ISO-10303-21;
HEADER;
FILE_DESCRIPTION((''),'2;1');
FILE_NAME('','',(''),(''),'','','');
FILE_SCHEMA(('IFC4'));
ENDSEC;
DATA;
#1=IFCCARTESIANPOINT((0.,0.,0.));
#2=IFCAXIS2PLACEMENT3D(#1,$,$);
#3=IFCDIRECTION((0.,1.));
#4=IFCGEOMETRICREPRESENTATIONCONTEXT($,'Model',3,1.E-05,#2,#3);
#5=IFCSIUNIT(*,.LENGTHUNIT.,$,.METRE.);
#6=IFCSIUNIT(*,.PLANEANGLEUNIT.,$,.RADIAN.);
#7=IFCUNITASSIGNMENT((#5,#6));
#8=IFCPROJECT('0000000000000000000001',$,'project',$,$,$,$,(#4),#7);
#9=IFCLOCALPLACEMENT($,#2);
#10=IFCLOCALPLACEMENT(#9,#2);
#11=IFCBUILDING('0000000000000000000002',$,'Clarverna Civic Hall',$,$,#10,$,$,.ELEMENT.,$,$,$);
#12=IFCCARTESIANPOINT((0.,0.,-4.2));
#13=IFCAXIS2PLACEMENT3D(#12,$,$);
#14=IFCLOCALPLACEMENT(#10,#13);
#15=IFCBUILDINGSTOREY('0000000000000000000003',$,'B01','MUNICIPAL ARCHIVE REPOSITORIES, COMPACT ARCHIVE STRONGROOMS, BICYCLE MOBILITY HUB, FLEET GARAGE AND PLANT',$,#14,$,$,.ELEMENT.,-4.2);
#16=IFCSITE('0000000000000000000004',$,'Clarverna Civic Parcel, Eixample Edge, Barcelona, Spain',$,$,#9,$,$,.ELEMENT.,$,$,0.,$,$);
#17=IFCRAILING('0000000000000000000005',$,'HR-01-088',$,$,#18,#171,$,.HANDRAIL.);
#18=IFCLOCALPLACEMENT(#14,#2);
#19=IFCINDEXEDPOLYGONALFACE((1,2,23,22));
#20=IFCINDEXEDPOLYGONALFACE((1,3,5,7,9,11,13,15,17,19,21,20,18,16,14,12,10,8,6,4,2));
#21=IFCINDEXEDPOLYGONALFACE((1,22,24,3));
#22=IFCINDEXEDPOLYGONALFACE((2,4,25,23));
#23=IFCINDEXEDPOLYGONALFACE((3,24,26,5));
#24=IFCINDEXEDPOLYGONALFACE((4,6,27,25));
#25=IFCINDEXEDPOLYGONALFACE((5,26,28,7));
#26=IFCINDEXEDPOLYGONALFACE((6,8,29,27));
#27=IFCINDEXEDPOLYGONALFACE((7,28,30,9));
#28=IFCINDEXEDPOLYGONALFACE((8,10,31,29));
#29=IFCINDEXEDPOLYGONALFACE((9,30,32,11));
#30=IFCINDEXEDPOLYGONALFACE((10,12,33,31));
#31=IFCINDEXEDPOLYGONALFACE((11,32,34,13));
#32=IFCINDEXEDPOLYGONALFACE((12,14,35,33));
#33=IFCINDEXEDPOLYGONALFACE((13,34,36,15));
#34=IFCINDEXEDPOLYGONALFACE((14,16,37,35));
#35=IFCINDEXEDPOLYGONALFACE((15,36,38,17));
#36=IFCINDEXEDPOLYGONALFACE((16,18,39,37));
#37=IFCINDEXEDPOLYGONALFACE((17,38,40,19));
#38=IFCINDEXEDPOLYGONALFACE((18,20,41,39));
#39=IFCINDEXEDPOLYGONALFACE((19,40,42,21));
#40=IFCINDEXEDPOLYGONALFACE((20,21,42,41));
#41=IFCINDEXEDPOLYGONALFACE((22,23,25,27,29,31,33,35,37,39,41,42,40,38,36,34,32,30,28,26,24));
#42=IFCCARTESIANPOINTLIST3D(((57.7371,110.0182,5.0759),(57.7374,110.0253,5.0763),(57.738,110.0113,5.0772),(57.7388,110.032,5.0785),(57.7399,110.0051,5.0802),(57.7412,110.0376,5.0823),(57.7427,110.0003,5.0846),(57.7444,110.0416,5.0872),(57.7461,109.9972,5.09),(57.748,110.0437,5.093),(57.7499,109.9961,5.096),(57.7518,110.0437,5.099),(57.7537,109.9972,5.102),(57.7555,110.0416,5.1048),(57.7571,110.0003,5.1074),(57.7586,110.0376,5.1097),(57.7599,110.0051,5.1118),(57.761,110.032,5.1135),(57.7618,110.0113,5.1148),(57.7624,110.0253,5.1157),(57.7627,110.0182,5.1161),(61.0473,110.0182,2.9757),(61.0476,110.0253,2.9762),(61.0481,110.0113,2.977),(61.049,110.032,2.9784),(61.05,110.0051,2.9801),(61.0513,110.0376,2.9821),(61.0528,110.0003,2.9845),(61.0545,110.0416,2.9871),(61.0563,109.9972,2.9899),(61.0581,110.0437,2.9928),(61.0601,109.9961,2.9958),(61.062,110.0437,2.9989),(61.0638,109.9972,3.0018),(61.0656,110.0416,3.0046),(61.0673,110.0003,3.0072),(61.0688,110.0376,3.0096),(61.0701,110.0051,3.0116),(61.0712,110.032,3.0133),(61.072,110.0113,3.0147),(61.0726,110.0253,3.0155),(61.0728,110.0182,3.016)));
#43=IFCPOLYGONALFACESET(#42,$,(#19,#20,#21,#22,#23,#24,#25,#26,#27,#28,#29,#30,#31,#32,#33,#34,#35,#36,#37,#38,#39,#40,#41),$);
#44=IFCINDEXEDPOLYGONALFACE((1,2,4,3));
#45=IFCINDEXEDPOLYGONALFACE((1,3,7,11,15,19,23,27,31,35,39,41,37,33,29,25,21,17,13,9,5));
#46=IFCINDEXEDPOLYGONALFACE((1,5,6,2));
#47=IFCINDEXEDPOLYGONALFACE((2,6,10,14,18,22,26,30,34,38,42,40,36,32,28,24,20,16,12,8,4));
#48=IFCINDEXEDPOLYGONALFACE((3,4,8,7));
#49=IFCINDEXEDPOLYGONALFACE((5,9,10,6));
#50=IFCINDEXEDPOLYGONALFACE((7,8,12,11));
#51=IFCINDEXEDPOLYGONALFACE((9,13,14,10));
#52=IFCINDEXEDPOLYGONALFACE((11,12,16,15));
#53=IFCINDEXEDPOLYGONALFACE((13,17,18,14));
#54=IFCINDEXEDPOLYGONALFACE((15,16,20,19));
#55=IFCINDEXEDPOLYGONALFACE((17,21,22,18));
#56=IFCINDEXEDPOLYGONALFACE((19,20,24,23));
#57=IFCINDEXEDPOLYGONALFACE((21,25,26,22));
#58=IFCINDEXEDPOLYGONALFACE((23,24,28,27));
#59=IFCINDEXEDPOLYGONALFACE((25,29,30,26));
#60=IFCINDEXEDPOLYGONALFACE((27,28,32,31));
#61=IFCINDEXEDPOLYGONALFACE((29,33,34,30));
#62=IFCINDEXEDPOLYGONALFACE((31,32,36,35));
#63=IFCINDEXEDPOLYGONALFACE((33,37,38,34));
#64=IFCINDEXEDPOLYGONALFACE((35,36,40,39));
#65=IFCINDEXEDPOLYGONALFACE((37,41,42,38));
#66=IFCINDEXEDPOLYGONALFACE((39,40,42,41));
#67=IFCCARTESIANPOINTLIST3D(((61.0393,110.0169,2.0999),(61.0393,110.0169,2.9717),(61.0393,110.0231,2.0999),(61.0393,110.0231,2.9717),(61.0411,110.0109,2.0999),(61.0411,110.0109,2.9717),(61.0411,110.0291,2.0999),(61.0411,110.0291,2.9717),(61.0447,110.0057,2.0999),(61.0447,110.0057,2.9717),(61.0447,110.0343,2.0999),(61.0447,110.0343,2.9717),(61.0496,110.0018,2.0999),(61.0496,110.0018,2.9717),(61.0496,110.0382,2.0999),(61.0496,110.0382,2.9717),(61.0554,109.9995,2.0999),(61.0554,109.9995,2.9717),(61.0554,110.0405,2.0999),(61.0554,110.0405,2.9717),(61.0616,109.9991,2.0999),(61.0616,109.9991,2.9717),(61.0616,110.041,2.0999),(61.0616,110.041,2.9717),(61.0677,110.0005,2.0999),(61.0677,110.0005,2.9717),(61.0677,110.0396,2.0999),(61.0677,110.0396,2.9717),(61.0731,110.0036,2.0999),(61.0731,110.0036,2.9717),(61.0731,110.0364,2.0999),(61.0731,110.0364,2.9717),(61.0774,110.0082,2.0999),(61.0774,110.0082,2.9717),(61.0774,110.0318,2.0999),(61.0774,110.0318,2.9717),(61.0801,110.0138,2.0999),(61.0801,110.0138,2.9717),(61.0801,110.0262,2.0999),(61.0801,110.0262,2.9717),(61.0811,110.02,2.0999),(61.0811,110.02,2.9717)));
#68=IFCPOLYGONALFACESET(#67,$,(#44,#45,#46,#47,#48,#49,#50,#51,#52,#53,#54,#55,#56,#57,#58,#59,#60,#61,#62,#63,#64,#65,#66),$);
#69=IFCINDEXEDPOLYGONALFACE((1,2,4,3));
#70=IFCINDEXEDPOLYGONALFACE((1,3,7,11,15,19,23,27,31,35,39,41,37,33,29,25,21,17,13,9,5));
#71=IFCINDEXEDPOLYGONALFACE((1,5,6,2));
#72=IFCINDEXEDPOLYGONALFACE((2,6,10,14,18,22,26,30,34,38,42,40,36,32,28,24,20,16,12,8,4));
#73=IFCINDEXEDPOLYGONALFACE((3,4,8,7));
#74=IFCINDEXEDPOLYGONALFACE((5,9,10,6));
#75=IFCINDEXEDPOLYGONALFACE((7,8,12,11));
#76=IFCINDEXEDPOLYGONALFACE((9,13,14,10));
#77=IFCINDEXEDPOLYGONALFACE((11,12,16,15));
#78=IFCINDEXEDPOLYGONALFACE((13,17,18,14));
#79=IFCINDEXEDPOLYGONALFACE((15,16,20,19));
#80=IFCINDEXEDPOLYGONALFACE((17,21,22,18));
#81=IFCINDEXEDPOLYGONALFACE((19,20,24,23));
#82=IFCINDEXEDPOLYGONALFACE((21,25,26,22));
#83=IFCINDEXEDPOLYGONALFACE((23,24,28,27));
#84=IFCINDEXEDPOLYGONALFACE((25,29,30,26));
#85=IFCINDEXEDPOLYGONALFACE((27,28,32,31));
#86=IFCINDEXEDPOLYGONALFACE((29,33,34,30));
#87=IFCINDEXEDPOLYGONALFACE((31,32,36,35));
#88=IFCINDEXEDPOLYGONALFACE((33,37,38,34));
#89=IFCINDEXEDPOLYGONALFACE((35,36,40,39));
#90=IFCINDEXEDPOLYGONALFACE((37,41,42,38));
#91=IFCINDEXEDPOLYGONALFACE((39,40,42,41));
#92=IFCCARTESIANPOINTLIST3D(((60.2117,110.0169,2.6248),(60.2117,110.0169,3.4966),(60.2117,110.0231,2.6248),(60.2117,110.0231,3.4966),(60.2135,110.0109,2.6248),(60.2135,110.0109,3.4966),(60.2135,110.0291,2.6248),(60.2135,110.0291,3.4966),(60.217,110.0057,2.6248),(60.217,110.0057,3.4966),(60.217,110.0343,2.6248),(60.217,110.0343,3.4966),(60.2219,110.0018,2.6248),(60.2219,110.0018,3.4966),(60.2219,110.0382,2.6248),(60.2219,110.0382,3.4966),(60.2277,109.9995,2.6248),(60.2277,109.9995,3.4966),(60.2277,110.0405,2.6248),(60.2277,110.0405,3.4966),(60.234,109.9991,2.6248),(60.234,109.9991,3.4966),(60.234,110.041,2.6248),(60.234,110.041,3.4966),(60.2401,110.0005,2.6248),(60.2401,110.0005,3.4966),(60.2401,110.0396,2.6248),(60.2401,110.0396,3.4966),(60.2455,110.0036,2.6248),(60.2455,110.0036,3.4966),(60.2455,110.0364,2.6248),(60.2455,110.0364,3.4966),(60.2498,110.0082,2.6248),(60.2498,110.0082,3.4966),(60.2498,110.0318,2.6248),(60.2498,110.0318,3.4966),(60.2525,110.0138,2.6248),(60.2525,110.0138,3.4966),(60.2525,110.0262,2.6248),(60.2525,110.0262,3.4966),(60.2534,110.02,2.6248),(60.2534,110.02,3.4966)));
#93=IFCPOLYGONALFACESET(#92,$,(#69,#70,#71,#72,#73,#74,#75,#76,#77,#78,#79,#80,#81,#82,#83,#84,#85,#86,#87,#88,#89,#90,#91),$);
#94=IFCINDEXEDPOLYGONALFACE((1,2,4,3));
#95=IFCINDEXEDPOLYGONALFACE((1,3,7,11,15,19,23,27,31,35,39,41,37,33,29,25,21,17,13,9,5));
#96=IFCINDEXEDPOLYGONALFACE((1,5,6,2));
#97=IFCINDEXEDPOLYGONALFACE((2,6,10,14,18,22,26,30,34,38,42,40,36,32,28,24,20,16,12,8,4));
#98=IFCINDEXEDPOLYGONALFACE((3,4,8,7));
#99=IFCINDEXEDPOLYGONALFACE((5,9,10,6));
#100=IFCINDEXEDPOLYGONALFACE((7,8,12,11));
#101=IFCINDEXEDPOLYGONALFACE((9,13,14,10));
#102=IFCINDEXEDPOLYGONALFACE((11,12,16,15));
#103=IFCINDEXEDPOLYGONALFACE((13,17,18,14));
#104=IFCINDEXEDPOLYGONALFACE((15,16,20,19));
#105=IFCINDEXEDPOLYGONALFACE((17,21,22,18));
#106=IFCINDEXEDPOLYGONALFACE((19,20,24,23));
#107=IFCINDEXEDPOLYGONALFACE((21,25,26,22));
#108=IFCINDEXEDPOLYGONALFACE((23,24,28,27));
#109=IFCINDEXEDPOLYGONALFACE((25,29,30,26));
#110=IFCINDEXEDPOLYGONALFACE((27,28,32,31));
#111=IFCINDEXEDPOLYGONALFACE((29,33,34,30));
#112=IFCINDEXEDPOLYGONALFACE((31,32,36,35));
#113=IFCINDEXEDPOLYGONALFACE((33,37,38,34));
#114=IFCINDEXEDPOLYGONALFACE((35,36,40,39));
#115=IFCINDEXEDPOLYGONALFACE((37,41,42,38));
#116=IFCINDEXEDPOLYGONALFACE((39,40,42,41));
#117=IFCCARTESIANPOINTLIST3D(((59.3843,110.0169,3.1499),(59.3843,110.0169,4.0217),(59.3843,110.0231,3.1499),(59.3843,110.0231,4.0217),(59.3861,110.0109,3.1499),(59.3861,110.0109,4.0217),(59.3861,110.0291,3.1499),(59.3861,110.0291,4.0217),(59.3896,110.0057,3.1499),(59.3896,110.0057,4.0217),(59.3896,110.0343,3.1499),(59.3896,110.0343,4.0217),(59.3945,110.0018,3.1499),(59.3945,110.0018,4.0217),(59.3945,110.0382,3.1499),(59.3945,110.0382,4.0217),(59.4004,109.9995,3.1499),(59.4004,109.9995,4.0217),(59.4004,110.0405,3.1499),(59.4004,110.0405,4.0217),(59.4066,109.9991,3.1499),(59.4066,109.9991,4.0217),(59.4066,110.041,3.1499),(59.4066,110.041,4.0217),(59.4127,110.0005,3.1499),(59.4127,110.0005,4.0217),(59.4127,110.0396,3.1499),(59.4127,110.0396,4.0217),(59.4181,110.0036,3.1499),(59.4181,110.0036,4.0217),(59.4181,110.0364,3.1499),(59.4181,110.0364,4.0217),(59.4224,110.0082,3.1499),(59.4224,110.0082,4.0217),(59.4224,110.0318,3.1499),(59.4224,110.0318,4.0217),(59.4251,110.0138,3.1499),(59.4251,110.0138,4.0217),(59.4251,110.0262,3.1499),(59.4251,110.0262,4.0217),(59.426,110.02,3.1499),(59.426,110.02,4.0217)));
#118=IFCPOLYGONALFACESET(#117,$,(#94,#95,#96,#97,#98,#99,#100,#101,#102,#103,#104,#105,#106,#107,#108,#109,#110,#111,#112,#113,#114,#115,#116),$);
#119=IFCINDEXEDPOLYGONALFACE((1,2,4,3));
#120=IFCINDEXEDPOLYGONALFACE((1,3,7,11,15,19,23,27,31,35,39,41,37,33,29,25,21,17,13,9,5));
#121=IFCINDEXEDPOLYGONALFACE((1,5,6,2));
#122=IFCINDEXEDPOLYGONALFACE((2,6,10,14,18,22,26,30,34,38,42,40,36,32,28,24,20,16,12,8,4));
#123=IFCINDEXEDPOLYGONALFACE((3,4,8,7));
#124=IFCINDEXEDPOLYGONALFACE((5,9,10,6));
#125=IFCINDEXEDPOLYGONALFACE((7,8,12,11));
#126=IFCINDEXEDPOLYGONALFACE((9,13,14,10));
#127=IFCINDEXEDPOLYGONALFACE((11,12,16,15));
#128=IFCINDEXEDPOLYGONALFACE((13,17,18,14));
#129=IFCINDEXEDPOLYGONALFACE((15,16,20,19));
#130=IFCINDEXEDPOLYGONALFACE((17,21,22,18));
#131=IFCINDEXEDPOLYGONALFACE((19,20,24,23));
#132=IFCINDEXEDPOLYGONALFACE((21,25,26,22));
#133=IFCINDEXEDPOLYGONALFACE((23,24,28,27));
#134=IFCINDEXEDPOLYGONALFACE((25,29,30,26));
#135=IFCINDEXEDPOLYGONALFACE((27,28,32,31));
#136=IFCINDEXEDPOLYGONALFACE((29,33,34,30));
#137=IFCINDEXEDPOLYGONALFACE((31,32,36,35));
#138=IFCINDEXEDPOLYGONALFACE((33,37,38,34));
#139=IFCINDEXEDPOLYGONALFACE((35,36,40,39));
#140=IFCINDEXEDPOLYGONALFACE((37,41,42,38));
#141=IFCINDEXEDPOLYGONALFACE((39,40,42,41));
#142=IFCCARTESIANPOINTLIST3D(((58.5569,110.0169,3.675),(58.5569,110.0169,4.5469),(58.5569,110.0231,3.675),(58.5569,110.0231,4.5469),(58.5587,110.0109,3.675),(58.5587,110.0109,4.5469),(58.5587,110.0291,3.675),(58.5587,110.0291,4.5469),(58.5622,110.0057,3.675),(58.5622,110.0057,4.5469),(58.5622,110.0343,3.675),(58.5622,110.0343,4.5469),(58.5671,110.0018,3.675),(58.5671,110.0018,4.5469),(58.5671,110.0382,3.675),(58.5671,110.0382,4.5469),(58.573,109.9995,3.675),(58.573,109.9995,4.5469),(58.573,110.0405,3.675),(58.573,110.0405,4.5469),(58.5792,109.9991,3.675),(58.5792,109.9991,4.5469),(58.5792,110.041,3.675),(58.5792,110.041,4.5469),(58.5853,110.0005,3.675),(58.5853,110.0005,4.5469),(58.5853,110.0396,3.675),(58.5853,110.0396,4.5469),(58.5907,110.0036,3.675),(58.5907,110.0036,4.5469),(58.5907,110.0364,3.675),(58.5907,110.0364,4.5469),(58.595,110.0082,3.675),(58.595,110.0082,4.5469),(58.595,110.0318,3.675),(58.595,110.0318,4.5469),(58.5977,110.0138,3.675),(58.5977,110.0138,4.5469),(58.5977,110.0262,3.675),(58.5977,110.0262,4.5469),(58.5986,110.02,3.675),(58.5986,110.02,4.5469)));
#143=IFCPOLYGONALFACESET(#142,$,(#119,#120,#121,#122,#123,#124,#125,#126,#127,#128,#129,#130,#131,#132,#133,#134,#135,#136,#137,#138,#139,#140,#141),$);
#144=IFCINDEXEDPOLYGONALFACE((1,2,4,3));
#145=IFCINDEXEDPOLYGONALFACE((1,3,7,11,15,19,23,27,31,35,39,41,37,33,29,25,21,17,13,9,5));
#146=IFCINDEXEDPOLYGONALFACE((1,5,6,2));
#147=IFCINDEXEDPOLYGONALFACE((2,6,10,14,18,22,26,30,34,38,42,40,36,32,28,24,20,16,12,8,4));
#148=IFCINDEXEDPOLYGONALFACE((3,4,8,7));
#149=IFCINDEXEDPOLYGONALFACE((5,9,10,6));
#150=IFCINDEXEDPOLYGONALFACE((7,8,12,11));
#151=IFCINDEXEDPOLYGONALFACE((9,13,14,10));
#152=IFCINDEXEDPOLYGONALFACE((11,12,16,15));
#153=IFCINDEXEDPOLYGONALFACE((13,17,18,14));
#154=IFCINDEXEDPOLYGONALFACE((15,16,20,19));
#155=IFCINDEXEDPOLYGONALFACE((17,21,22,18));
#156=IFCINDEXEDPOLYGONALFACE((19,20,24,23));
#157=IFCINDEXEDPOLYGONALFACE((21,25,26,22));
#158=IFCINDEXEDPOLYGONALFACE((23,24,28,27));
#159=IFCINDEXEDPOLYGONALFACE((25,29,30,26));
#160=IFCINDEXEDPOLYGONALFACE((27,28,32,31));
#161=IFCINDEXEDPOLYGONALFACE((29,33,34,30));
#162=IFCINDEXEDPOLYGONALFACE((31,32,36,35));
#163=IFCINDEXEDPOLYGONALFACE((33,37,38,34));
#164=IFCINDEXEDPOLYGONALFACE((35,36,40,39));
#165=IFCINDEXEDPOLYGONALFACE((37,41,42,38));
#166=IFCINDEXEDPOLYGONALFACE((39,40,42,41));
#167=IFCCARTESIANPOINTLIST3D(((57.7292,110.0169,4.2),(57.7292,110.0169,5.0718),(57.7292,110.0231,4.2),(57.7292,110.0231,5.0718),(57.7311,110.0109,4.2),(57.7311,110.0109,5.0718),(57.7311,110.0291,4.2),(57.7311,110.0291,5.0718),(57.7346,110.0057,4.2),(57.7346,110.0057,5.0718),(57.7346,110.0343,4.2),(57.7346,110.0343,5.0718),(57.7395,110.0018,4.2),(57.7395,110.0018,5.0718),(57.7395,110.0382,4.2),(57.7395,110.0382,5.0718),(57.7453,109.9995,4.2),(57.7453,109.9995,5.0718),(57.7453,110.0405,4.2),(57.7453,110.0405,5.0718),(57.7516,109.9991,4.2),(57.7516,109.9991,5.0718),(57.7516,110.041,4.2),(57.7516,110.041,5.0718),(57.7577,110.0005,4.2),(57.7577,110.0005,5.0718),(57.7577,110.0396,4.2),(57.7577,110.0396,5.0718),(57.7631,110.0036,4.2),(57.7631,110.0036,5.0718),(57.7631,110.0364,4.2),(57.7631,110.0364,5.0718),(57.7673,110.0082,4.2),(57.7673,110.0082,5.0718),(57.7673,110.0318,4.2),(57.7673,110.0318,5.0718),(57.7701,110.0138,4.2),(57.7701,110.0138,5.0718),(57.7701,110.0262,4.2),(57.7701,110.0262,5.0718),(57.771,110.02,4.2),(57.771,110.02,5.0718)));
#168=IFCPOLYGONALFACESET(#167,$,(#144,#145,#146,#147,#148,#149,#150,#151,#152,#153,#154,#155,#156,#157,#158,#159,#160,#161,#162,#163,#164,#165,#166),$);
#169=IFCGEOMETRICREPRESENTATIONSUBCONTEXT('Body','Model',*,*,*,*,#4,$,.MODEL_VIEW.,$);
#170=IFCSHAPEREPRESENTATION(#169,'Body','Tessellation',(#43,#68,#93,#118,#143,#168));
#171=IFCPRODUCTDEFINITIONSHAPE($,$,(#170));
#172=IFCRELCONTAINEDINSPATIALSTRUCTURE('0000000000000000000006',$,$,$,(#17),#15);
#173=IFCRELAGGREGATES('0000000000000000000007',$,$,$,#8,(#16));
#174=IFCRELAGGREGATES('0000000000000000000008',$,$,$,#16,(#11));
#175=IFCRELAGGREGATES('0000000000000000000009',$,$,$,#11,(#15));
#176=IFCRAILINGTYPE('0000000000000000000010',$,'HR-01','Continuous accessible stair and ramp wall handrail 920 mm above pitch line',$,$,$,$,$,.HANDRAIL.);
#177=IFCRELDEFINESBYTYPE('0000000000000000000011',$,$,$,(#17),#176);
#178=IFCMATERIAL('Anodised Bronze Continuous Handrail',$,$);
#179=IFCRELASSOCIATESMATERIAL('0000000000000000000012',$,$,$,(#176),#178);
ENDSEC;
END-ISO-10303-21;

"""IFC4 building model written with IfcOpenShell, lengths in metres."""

from ifc_helpers import new_model, si_unit, direction, frame, origin, origin_2d, place, context, subcontext, project, spatial, circle, extrude, material, type_object, element, save


model = new_model("IFC4")

# Units and contexts
model_context = context("Model", 3, precision=1e-05, world=origin(), true_north=direction((0.0, 1.0)))
body_context = subcontext(model_context, "Body", "Model", "MODEL_VIEW")
ifc_project = project(units=[si_unit("LENGTHUNIT", "METRE"), si_unit("PLANEANGLEUNIT", "RADIAN")], contexts=[model_context])

# Site, building, storey
site_placement = place(None, origin())
site = spatial("IfcSite", under=ifc_project, at=site_placement, Name="Clarverna Civic Parcel, Eixample Edge, Barcelona, Spain", CompositionType="ELEMENT", RefElevation=0.0)
building_placement = place(site_placement, origin())
building = spatial("IfcBuilding", under=site, at=building_placement, Name="Clarverna Civic Hall", CompositionType="ELEMENT")
storey_placement = place(building_placement, frame((0.0, 0.0, -4.2)))
storey = spatial("IfcBuildingStorey", under=building, at=storey_placement, Name="B01", Description="MUNICIPAL ARCHIVE REPOSITORIES, COMPACT ARCHIVE STRONGROOMS, BICYCLE MOBILITY HUB, FLEET GARAGE AND PLANT", CompositionType="ELEMENT", Elevation=-4.2)

# Railing
ifc_material_1 = material(Name="Anodised Bronze Continuous Handrail")
railing_type_1 = type_object("IfcRailingType", Name="HR-01", Description="Continuous accessible stair and ramp wall handrail 920 mm above pitch line", PredefinedType="HANDRAIL", material=ifc_material_1)
railing_1_placement = place(storey_placement, frame((61.0601, 110.02, 2.0999)))
element("IfcRailing", 1, at=railing_1_placement, inside=storey, type_object=railing_type_1, Name="HR-01-088", PredefinedType="HANDRAIL", context=body_context, shape_type="SweptSolid", body=[
    extrude(circle(Radius=0.0239, at=origin_2d()), frame((0.0, 0.0, 0.896), z_axis=(-0.844389, 0.0, 0.535731), x_axis=(0.0, -1.0, 0.0)), (0.0, 0.0, 1.0), 3.9202),
    extrude(circle(Radius=0.021, at=origin_2d()), origin(), (0.0, 0.0, 1.0), 0.8718),
    extrude(circle(Radius=0.021, at=origin_2d()), frame((-0.8276, 0.0, 0.5249)), (0.0, 0.0, 1.0), 0.8718),
    extrude(circle(Radius=0.021, at=origin_2d()), frame((-1.655, 0.0, 1.05)), (0.0, 0.0, 1.0), 0.8718),
    extrude(circle(Radius=0.021, at=origin_2d()), frame((-2.4824, 0.0, 1.5752)), (0.0, 0.0, 1.0), 0.8718),
    extrude(circle(Radius=0.021, at=origin_2d()), frame((-3.3101, 0.0, 2.1001)), (0.0, 0.0, 1.0), 0.8718),
])

save(model, "model.ifc")
